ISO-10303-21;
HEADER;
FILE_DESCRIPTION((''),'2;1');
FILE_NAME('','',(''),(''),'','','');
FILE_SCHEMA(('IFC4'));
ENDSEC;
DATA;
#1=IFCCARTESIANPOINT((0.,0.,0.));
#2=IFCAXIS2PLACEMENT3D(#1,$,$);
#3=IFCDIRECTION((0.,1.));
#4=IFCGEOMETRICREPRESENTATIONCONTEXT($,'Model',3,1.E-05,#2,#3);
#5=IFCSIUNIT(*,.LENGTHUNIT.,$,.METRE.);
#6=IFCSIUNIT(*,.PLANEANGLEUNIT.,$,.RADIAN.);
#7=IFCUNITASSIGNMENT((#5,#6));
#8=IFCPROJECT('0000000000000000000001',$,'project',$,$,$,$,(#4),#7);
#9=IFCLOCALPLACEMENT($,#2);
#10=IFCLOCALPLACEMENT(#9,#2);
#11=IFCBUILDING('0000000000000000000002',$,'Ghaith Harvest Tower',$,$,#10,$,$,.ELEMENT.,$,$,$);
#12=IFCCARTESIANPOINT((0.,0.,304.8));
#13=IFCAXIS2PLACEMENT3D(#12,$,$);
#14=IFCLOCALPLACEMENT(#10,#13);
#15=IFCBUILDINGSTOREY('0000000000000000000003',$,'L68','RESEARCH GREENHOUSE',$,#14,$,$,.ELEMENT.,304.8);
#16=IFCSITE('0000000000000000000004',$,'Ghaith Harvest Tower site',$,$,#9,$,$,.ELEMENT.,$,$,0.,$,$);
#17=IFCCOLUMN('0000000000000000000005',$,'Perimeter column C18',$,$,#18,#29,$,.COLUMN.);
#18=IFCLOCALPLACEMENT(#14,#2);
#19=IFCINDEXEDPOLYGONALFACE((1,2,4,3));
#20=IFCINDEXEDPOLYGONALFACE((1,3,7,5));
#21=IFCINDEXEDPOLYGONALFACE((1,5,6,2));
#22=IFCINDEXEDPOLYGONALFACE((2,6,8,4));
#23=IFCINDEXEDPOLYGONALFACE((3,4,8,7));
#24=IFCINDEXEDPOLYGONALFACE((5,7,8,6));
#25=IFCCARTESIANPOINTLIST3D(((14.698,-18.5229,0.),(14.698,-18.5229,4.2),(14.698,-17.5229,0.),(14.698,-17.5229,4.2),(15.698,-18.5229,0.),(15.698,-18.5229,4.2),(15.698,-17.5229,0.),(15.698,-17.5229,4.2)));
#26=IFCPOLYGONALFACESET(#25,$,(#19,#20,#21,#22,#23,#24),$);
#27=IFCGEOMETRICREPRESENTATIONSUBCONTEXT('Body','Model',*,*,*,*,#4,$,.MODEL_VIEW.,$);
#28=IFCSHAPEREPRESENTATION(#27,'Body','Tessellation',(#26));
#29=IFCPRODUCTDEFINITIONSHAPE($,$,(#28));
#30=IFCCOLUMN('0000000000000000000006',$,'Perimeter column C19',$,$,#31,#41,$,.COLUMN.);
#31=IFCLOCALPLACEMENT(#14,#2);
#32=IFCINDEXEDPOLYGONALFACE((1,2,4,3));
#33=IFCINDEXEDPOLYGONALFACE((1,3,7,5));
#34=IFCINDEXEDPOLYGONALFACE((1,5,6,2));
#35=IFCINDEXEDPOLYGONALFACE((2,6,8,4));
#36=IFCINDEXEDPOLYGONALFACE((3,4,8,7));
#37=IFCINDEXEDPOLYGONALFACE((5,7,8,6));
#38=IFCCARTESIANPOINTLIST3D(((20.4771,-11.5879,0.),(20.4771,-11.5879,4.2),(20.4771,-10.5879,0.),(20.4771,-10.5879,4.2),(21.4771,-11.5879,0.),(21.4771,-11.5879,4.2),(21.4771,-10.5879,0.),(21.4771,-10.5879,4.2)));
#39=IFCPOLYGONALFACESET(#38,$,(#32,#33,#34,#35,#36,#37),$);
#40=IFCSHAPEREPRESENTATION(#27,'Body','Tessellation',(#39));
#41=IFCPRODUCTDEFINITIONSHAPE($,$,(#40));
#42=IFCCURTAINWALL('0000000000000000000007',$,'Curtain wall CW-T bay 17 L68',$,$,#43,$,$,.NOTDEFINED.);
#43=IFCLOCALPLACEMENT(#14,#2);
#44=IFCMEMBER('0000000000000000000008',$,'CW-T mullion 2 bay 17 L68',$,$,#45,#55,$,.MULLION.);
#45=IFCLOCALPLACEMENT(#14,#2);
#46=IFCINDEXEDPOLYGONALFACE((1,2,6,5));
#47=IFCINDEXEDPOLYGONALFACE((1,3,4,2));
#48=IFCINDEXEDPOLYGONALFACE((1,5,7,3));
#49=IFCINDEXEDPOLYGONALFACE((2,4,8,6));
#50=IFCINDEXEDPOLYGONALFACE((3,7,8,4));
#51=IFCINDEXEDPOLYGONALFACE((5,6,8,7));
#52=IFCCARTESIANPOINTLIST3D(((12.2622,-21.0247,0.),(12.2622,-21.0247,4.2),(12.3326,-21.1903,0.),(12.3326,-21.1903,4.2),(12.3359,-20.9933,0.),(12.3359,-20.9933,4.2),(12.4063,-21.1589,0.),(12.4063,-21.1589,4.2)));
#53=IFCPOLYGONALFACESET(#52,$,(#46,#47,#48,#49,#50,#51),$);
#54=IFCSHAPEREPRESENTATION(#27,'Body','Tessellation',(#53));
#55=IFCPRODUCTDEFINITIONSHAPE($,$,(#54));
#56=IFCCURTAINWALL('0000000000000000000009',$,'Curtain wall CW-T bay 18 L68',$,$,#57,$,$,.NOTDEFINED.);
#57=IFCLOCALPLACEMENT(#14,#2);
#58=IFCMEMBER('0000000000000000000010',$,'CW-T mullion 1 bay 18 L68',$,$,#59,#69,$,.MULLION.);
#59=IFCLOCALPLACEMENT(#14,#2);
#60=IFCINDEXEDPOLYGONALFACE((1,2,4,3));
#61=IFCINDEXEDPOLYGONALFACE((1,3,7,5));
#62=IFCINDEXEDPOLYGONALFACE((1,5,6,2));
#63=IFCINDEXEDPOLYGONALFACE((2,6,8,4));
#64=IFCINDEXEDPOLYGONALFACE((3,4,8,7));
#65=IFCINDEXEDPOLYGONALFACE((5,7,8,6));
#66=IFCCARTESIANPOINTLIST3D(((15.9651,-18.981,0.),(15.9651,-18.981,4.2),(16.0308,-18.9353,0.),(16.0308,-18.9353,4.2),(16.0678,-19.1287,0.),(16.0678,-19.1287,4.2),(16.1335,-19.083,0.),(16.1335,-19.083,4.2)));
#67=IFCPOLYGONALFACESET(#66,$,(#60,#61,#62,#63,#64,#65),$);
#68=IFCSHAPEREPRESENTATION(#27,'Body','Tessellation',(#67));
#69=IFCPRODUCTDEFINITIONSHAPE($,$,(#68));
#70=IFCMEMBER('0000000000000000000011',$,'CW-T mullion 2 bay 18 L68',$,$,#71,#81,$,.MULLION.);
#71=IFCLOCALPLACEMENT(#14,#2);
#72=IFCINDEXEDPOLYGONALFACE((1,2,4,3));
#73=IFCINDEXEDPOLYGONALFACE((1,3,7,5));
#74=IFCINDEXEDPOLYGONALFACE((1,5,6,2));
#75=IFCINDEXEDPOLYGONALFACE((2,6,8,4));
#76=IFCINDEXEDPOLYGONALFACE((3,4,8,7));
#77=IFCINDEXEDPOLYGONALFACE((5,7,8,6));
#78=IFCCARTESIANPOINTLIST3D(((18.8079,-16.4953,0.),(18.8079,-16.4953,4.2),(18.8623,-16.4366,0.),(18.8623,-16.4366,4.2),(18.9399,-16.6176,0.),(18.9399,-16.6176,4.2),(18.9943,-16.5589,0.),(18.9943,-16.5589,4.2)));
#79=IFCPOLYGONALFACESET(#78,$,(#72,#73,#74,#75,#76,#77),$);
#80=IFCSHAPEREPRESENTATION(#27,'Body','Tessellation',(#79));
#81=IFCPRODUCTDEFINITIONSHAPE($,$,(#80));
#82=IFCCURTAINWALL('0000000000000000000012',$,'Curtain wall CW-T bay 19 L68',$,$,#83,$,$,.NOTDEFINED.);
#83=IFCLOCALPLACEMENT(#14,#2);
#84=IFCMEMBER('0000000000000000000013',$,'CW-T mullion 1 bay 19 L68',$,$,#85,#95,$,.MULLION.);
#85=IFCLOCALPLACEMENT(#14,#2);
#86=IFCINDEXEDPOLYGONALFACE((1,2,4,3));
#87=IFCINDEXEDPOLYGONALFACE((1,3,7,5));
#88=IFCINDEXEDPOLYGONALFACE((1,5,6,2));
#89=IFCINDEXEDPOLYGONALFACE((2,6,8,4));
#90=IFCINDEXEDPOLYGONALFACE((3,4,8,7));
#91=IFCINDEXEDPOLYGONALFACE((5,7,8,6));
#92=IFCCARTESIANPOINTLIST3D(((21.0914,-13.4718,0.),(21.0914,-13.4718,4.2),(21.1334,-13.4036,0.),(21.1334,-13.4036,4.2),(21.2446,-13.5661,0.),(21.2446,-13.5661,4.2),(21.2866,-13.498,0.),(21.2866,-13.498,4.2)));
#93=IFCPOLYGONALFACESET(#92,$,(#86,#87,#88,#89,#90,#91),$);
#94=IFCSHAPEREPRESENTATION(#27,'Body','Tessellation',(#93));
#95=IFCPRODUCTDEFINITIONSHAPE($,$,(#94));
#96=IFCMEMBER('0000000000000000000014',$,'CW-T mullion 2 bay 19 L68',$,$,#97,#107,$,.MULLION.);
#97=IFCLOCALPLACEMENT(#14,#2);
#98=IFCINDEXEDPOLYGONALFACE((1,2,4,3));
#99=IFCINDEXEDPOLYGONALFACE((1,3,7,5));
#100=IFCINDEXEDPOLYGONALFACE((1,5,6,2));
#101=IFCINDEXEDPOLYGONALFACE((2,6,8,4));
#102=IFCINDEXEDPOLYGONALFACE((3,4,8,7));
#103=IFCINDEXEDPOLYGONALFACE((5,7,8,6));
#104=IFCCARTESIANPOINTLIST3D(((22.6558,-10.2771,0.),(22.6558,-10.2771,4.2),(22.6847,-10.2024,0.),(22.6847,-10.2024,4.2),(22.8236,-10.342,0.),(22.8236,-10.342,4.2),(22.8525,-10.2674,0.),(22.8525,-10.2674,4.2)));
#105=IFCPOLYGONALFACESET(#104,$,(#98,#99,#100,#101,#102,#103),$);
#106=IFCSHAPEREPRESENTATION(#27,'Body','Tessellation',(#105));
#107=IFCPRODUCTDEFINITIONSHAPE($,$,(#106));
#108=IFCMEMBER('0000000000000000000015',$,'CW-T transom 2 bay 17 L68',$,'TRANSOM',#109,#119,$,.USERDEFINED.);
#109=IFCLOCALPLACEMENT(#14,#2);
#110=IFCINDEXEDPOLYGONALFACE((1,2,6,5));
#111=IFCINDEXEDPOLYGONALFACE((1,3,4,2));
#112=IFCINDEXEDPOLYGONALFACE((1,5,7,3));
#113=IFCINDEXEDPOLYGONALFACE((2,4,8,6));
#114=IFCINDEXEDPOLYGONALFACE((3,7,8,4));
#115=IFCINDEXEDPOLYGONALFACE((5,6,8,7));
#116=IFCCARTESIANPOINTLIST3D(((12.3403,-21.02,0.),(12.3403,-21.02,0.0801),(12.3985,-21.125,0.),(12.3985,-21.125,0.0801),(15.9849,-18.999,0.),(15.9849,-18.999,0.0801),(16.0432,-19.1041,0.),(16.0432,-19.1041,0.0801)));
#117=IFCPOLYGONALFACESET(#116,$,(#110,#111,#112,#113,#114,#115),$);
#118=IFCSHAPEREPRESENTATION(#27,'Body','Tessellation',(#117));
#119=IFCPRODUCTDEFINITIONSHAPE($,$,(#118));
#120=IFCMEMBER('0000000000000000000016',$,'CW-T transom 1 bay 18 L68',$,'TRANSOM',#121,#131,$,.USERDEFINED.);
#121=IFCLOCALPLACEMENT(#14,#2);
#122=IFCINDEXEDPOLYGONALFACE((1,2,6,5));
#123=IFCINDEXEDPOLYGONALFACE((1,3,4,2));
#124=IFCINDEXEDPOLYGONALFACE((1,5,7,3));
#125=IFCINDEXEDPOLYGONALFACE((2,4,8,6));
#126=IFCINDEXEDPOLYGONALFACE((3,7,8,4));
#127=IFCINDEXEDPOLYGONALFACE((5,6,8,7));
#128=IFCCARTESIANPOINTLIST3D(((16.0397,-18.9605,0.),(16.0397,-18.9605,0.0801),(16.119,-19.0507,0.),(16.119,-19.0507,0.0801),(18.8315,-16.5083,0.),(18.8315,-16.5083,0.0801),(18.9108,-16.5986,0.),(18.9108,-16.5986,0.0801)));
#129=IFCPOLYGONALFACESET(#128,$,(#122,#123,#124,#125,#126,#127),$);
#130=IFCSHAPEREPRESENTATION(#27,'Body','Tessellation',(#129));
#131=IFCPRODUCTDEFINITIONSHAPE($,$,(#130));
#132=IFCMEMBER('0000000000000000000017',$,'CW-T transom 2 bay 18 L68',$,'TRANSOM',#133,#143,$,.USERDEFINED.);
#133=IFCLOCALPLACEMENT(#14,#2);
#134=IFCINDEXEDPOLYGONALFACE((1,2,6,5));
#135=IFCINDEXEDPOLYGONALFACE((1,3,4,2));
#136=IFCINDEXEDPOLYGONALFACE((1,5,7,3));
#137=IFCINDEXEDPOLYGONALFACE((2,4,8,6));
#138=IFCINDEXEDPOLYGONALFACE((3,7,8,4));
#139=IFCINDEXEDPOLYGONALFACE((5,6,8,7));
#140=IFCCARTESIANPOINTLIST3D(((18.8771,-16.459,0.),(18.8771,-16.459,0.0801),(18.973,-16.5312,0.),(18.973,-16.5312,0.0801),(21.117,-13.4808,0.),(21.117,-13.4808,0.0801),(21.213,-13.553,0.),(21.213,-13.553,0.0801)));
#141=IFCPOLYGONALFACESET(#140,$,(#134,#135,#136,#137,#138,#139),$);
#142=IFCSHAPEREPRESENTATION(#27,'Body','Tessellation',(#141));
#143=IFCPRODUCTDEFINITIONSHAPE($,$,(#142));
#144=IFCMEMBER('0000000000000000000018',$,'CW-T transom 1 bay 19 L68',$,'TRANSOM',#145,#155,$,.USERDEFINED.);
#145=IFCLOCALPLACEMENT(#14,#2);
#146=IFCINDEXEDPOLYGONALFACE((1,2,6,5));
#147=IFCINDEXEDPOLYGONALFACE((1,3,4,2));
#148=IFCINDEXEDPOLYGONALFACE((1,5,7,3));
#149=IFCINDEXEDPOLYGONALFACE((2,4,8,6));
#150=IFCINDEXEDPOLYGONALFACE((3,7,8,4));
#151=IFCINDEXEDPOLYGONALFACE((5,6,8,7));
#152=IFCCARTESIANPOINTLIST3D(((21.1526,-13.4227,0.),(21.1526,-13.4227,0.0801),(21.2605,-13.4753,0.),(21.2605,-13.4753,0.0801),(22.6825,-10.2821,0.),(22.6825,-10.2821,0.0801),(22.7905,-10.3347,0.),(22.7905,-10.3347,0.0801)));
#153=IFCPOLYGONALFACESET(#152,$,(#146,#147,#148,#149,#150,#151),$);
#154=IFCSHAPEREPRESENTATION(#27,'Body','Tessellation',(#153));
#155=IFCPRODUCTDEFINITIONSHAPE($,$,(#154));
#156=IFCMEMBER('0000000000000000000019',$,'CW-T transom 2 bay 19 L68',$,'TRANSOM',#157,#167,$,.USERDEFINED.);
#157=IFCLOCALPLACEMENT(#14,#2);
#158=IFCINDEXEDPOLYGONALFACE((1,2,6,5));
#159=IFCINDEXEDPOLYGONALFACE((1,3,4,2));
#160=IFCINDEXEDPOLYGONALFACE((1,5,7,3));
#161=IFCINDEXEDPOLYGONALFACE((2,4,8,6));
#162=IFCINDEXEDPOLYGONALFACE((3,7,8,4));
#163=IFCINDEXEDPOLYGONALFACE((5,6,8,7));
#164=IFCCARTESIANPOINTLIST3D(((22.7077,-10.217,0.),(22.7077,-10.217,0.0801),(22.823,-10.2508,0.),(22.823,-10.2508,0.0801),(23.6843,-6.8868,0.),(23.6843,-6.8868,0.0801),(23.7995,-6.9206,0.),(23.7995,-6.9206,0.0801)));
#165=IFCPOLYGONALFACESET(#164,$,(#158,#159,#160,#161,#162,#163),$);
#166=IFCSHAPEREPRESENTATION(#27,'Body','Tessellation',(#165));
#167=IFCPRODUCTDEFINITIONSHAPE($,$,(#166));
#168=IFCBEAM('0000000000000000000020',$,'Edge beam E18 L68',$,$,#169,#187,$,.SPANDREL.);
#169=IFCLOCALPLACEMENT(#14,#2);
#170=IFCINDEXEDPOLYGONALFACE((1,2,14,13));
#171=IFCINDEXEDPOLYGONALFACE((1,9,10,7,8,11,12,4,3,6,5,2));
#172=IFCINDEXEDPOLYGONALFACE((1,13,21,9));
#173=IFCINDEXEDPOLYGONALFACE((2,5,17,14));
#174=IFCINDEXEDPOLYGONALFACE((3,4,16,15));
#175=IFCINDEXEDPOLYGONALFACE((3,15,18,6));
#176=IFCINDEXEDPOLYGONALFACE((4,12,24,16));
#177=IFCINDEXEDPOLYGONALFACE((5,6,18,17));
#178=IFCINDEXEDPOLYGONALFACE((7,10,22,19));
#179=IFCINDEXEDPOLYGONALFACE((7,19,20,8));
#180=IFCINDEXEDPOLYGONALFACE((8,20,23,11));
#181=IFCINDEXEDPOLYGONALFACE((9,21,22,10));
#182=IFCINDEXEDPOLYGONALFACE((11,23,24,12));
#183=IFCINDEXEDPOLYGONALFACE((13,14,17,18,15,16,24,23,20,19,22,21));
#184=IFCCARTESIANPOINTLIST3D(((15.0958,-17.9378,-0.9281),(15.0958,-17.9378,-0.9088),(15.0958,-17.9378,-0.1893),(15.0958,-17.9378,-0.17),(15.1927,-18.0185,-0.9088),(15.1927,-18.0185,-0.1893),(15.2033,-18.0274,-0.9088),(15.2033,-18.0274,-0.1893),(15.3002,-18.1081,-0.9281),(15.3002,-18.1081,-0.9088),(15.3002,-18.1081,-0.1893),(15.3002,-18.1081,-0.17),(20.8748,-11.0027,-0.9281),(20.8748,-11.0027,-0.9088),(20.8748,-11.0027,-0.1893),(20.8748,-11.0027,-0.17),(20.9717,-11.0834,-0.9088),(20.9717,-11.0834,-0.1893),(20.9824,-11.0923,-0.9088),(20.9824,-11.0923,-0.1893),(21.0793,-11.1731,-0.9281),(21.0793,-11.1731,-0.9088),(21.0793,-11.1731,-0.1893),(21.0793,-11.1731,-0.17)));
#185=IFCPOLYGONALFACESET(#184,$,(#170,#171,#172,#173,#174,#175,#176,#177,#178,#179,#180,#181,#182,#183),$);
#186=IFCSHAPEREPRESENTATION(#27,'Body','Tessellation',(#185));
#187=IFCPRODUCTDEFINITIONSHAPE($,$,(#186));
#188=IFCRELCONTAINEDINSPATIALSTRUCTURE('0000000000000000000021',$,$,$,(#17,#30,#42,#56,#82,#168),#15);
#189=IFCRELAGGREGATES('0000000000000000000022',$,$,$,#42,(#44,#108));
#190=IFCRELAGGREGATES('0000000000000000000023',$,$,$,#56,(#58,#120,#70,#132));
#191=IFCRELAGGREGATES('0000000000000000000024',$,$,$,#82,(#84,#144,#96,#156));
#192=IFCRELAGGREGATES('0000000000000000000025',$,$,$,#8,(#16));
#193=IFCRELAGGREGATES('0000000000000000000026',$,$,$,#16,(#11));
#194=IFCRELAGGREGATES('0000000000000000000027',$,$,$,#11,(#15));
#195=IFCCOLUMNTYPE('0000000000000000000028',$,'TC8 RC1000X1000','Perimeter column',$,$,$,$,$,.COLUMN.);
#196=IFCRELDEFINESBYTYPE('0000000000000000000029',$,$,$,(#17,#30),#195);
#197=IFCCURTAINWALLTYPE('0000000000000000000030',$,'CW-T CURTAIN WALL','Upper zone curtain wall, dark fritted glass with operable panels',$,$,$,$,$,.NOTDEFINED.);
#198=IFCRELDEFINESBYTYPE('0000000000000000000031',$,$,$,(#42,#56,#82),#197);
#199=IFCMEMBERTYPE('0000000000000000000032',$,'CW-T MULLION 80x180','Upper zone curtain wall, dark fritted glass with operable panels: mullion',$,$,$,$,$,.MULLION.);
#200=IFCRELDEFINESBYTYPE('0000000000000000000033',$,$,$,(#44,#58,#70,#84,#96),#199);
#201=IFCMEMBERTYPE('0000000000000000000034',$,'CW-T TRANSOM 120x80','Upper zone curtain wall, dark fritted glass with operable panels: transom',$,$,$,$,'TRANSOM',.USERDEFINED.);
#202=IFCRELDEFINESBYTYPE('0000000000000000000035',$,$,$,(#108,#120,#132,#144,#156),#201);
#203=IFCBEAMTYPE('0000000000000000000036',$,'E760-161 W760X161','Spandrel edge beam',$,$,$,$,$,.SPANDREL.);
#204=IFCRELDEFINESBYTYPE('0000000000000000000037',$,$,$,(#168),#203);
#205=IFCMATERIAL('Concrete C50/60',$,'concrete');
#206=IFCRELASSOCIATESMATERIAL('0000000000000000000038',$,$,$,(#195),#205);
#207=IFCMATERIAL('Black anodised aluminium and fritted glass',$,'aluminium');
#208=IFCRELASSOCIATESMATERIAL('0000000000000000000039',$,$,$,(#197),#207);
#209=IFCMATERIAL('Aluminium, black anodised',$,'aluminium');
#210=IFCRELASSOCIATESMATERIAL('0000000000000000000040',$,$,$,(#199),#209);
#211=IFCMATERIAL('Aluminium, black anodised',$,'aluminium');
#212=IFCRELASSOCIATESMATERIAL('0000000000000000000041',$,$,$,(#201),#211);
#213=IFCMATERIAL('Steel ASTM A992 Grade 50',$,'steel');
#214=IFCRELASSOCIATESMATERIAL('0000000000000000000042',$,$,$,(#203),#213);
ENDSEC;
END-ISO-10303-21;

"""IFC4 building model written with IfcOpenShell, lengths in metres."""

from ifc_helpers import new_model, si_unit, direction, frame, origin, origin_2d, place, context, subcontext, project, spatial, rectangle, i_section, extrude, material, material_profile, profile_set, type_object, element, aggregate, save


model = new_model("IFC4")

# Units and contexts
model_context = context("Model", 3, precision=1e-05, world=origin(), true_north=direction((0.0, 1.0)))
body_context = subcontext(model_context, "Body", "Model", "MODEL_VIEW")
ifc_project = project(units=[si_unit("LENGTHUNIT", "METRE"), si_unit("PLANEANGLEUNIT", "RADIAN")], contexts=[model_context])

# Site, building, storey
site_placement = place(None, origin())
site = spatial("IfcSite", under=ifc_project, at=site_placement, Name="Ghaith Harvest Tower site", CompositionType="ELEMENT", RefElevation=0.0)
building_placement = place(site_placement, origin())
building = spatial("IfcBuilding", under=site, at=building_placement, Name="Ghaith Harvest Tower", CompositionType="ELEMENT")
storey_placement = place(building_placement, frame((0.0, 0.0, 304.8)))
storey = spatial("IfcBuildingStorey", under=building, at=storey_placement, Name="L68", Description="RESEARCH GREENHOUSE", CompositionType="ELEMENT", Elevation=304.8)

# Columns
ifc_material_1 = material(Name="Concrete C50/60", Category="concrete")
ifc_material_profile_1 = material_profile(ifc_material_1, rectangle(XDim=1.0, YDim=1.0, at=origin_2d()), Name="RC1000X1000")
ifc_profile_set_1 = profile_set([ifc_material_profile_1], Name="Concrete C50/60")
column_type = type_object("IfcColumnType", Name="TC8 RC1000X1000", Description="Perimeter column", PredefinedType="COLUMN", material=ifc_profile_set_1)
for number, where, z_axis, x_axis, name in (
    (1, (15.198, -18.0229, 0.0), (0.0, 0.0, 1.0), (1.0, 0.0, 0.0), "Perimeter column C18"),
    (2, (20.9771, -11.0879, 0.0), (0.0, 0.0, 1.0), (1.0, 0.0, 0.0), "Perimeter column C19"),
):
    element("IfcColumn", number, at=place(storey_placement, frame(where, z_axis=z_axis, x_axis=x_axis)), inside=storey, type_object=column_type, Name=name, PredefinedType="COLUMN", context=body_context, shape_type="SweptSolid", body=[
        extrude(rectangle(XDim=1.0, YDim=1.0, at=origin_2d()), origin(), (0.0, 0.0, 1.0), 4.2),
    ])

# Curtain wall, member
ifc_material_2 = material(Name="Black anodised aluminium and fritted glass", Category="aluminium")
curtain_wall_type = type_object("IfcCurtainWallType", Name="CW-T CURTAIN WALL", Description="Upper zone curtain wall, dark fritted glass with operable panels", PredefinedType="NOTDEFINED", material=ifc_material_2)
curtain_wall_1_placement = place(storey_placement, origin())
curtain_wall_1 = element("IfcCurtainWall", 3, at=curtain_wall_1_placement, inside=storey, type_object=curtain_wall_type, Name="Curtain wall CW-T bay 17 L68", PredefinedType="NOTDEFINED")
ifc_material_3 = material(Name="Aluminium, black anodised", Category="aluminium")
ifc_material_profile_2 = material_profile(ifc_material_3, rectangle(XDim=0.0801, YDim=0.1799, at=origin_2d()), Name="CW-T MULLION 80x180")
ifc_profile_set_2 = profile_set([ifc_material_profile_2], Name="Aluminium, black anodised")
member_type_1 = type_object("IfcMemberType", Name="CW-T MULLION 80x180", Description="Upper zone curtain wall, dark fritted glass with operable panels: mullion", PredefinedType="MULLION", material=ifc_profile_set_2)
member_1_placement = place(storey_placement, frame((12.3342, -21.0918, 0.0), z_axis=(0.0, 0.0, 1.0), x_axis=(0.920319, 0.391168, 0.0)))
member_1 = element("IfcMember", 4, at=member_1_placement, type_object=member_type_1, Name="CW-T mullion 2 bay 17 L68", PredefinedType="MULLION", context=body_context, shape_type="SweptSolid", body=[
    extrude(rectangle(XDim=0.0801, YDim=0.1799, at=origin_2d()), origin(), (0.0, 0.0, 1.0), 4.2),
])

# Curtain walls, members
curtain_wall_2_placement = place(storey_placement, origin())
curtain_wall_2 = element("IfcCurtainWall", 5, at=curtain_wall_2_placement, inside=storey, type_object=curtain_wall_type, Name="Curtain wall CW-T bay 18 L68", PredefinedType="NOTDEFINED")
member_2_placement = place(storey_placement, frame((16.0493, -19.032, 0.0), z_axis=(0.0, 0.0, 1.0), x_axis=(0.821112, 0.570767, 0.0)))
member_2 = element("IfcMember", 6, at=member_2_placement, type_object=member_type_1, Name="CW-T mullion 1 bay 18 L68", PredefinedType="MULLION", context=body_context, shape_type="SweptSolid", body=[
    extrude(rectangle(XDim=0.0801, YDim=0.1799, at=origin_2d()), origin(), (0.0, 0.0, 1.0), 4.2),
])
member_3_placement = place(storey_placement, frame((18.9011, -16.5271, 0.0), z_axis=(0.0, 0.0, 1.0), x_axis=(0.679661, 0.733526, 0.0)))
member_3 = element("IfcMember", 7, at=member_3_placement, type_object=member_type_1, Name="CW-T mullion 2 bay 18 L68", PredefinedType="MULLION", context=body_context, shape_type="SweptSolid", body=[
    extrude(rectangle(XDim=0.0801, YDim=0.1799, at=origin_2d()), origin(), (0.0, 0.0, 1.0), 4.2),
])
curtain_wall_3_placement = place(storey_placement, origin())
curtain_wall_3 = element("IfcCurtainWall", 8, at=curtain_wall_3_placement, inside=storey, type_object=curtain_wall_type, Name="Curtain wall CW-T bay 19 L68", PredefinedType="NOTDEFINED")
member_4_placement = place(storey_placement, frame((21.189, -13.4849, 0.0), z_axis=(0.0, 0.0, 1.0), x_axis=(0.524482, 0.851421, 0.0)))
member_4 = element("IfcMember", 9, at=member_4_placement, type_object=member_type_1, Name="CW-T mullion 1 bay 19 L68", PredefinedType="MULLION", context=body_context, shape_type="SweptSolid", body=[
    extrude(rectangle(XDim=0.0801, YDim=0.1799, at=origin_2d()), origin(), (0.0, 0.0, 1.0), 4.2),
])
member_5_placement = place(storey_placement, frame((22.7542, -10.2722, 0.0), z_axis=(0.0, 0.0, 1.0), x_axis=(0.361184, 0.932494, 0.0)))
member_5 = element("IfcMember", 10, at=member_5_placement, type_object=member_type_1, Name="CW-T mullion 2 bay 19 L68", PredefinedType="MULLION", context=body_context, shape_type="SweptSolid", body=[
    extrude(rectangle(XDim=0.0801, YDim=0.1799, at=origin_2d()), origin(), (0.0, 0.0, 1.0), 4.2),
])

# Members
ifc_material_4 = material(Name="Aluminium, black anodised", Category="aluminium")
ifc_material_profile_3 = material_profile(ifc_material_4, rectangle(XDim=0.1201, YDim=0.0801, at=origin_2d()), Name="CW-T TRANSOM 120x80")
ifc_profile_set_3 = profile_set([ifc_material_profile_3], Name="Aluminium, black anodised")
member_type_2 = type_object("IfcMemberType", Name="CW-T TRANSOM 120x80", Description="Upper zone curtain wall, dark fritted glass with operable panels: transom", ElementType="TRANSOM", PredefinedType="USERDEFINED", material=ifc_profile_set_3)
member_6_placement = place(storey_placement, frame((12.3694, -21.0725, 0.04), z_axis=(0.874552, 0.484932, 0.0), x_axis=(-0.484932, 0.874552, 0.0)))
member_6 = element("IfcMember", 11, at=member_6_placement, type_object=member_type_2, Name="CW-T transom 2 bay 17 L68", ObjectType="TRANSOM", PredefinedType="USERDEFINED", context=body_context, shape_type="SweptSolid", body=[
    extrude(rectangle(XDim=0.1201, YDim=0.0801, at=origin_2d()), origin(), (0.0, 0.0, 1.0), 4.1675),
])
member_7_placement = place(storey_placement, frame((16.0793, -19.0056, 0.04), z_axis=(0.751326, 0.659931, 0.0), x_axis=(-0.659931, 0.751326, 0.0)))
member_7 = element("IfcMember", 12, at=member_7_placement, type_object=member_type_2, Name="CW-T transom 1 bay 18 L68", ObjectType="TRANSOM", PredefinedType="USERDEFINED", context=body_context, shape_type="SweptSolid", body=[
    extrude(rectangle(XDim=0.1201, YDim=0.0801, at=origin_2d()), origin(), (0.0, 0.0, 1.0), 3.7158),
])
member_8_placement = place(storey_placement, frame((18.925, -16.4951, 0.04), z_axis=(0.601079, 0.79919, 0.0), x_axis=(-0.79919, 0.601079, 0.0)))
member_8 = element("IfcMember", 13, at=member_8_placement, type_object=member_type_2, Name="CW-T transom 2 bay 18 L68", ObjectType="TRANSOM", PredefinedType="USERDEFINED", context=body_context, shape_type="SweptSolid", body=[
    extrude(rectangle(XDim=0.1201, YDim=0.0801, at=origin_2d()), origin(), (0.0, 0.0, 1.0), 3.7266),
])
member_9_placement = place(storey_placement, frame((21.2065, -13.449, 0.04), z_axis=(0.437965, 0.898992, 0.0), x_axis=(-0.898992, 0.437965, 0.0)))
member_9 = element("IfcMember", 14, at=member_9_placement, type_object=member_type_2, Name="CW-T transom 1 bay 19 L68", ObjectType="TRANSOM", PredefinedType="USERDEFINED", context=body_context, shape_type="SweptSolid", body=[
    extrude(rectangle(XDim=0.1201, YDim=0.0801, at=origin_2d()), origin(), (0.0, 0.0, 1.0), 3.4934),
])
member_10_placement = place(storey_placement, frame((22.7654, -10.2339, 0.04), z_axis=(0.281385, 0.959595, 0.0), x_axis=(-0.959595, 0.281385, 0.0)))
member_10 = element("IfcMember", 15, at=member_10_placement, type_object=member_type_2, Name="CW-T transom 2 bay 19 L68", ObjectType="TRANSOM", PredefinedType="USERDEFINED", context=body_context, shape_type="SweptSolid", body=[
    extrude(rectangle(XDim=0.1201, YDim=0.0801, at=origin_2d()), origin(), (0.0, 0.0, 1.0), 3.4705),
])

# Beam
ifc_material_5 = material(Name="Steel ASTM A992 Grade 50", Category="steel")
ifc_material_profile_4 = material_profile(ifc_material_5, i_section(OverallWidth=0.2661, OverallDepth=0.7581, WebThickness=0.0139, FlangeThickness=0.0193, at=origin_2d()), Name="W760X161")
ifc_profile_set_4 = profile_set([ifc_material_profile_4], Name="Steel ASTM A992 Grade 50")
beam_type_1 = type_object("IfcBeamType", Name="E760-161 W760X161", Description="Spandrel edge beam", PredefinedType="SPANDREL", material=ifc_profile_set_4)
beam_1_placement = place(storey_placement, frame((15.198, -18.0229, -0.5491), z_axis=(0.640174, 0.76823, 0.0), x_axis=(-0.76823, 0.640174, 0.0)))
element("IfcBeam", 16, at=beam_1_placement, inside=storey, type_object=beam_type_1, Name="Edge beam E18 L68", PredefinedType="SPANDREL", context=body_context, shape_type="SweptSolid", body=[
    extrude(i_section(OverallWidth=0.2661, OverallDepth=0.7581, WebThickness=0.0139, FlangeThickness=0.0193, at=origin_2d()), origin(), (0.0, 0.0, 1.0), 9.0273),
])

aggregate(curtain_wall_1, [member_1, member_6])
aggregate(curtain_wall_2, [member_2, member_7, member_3, member_8])
aggregate(curtain_wall_3, [member_4, member_9, member_5, member_10])

save(model, "model.ifc")
